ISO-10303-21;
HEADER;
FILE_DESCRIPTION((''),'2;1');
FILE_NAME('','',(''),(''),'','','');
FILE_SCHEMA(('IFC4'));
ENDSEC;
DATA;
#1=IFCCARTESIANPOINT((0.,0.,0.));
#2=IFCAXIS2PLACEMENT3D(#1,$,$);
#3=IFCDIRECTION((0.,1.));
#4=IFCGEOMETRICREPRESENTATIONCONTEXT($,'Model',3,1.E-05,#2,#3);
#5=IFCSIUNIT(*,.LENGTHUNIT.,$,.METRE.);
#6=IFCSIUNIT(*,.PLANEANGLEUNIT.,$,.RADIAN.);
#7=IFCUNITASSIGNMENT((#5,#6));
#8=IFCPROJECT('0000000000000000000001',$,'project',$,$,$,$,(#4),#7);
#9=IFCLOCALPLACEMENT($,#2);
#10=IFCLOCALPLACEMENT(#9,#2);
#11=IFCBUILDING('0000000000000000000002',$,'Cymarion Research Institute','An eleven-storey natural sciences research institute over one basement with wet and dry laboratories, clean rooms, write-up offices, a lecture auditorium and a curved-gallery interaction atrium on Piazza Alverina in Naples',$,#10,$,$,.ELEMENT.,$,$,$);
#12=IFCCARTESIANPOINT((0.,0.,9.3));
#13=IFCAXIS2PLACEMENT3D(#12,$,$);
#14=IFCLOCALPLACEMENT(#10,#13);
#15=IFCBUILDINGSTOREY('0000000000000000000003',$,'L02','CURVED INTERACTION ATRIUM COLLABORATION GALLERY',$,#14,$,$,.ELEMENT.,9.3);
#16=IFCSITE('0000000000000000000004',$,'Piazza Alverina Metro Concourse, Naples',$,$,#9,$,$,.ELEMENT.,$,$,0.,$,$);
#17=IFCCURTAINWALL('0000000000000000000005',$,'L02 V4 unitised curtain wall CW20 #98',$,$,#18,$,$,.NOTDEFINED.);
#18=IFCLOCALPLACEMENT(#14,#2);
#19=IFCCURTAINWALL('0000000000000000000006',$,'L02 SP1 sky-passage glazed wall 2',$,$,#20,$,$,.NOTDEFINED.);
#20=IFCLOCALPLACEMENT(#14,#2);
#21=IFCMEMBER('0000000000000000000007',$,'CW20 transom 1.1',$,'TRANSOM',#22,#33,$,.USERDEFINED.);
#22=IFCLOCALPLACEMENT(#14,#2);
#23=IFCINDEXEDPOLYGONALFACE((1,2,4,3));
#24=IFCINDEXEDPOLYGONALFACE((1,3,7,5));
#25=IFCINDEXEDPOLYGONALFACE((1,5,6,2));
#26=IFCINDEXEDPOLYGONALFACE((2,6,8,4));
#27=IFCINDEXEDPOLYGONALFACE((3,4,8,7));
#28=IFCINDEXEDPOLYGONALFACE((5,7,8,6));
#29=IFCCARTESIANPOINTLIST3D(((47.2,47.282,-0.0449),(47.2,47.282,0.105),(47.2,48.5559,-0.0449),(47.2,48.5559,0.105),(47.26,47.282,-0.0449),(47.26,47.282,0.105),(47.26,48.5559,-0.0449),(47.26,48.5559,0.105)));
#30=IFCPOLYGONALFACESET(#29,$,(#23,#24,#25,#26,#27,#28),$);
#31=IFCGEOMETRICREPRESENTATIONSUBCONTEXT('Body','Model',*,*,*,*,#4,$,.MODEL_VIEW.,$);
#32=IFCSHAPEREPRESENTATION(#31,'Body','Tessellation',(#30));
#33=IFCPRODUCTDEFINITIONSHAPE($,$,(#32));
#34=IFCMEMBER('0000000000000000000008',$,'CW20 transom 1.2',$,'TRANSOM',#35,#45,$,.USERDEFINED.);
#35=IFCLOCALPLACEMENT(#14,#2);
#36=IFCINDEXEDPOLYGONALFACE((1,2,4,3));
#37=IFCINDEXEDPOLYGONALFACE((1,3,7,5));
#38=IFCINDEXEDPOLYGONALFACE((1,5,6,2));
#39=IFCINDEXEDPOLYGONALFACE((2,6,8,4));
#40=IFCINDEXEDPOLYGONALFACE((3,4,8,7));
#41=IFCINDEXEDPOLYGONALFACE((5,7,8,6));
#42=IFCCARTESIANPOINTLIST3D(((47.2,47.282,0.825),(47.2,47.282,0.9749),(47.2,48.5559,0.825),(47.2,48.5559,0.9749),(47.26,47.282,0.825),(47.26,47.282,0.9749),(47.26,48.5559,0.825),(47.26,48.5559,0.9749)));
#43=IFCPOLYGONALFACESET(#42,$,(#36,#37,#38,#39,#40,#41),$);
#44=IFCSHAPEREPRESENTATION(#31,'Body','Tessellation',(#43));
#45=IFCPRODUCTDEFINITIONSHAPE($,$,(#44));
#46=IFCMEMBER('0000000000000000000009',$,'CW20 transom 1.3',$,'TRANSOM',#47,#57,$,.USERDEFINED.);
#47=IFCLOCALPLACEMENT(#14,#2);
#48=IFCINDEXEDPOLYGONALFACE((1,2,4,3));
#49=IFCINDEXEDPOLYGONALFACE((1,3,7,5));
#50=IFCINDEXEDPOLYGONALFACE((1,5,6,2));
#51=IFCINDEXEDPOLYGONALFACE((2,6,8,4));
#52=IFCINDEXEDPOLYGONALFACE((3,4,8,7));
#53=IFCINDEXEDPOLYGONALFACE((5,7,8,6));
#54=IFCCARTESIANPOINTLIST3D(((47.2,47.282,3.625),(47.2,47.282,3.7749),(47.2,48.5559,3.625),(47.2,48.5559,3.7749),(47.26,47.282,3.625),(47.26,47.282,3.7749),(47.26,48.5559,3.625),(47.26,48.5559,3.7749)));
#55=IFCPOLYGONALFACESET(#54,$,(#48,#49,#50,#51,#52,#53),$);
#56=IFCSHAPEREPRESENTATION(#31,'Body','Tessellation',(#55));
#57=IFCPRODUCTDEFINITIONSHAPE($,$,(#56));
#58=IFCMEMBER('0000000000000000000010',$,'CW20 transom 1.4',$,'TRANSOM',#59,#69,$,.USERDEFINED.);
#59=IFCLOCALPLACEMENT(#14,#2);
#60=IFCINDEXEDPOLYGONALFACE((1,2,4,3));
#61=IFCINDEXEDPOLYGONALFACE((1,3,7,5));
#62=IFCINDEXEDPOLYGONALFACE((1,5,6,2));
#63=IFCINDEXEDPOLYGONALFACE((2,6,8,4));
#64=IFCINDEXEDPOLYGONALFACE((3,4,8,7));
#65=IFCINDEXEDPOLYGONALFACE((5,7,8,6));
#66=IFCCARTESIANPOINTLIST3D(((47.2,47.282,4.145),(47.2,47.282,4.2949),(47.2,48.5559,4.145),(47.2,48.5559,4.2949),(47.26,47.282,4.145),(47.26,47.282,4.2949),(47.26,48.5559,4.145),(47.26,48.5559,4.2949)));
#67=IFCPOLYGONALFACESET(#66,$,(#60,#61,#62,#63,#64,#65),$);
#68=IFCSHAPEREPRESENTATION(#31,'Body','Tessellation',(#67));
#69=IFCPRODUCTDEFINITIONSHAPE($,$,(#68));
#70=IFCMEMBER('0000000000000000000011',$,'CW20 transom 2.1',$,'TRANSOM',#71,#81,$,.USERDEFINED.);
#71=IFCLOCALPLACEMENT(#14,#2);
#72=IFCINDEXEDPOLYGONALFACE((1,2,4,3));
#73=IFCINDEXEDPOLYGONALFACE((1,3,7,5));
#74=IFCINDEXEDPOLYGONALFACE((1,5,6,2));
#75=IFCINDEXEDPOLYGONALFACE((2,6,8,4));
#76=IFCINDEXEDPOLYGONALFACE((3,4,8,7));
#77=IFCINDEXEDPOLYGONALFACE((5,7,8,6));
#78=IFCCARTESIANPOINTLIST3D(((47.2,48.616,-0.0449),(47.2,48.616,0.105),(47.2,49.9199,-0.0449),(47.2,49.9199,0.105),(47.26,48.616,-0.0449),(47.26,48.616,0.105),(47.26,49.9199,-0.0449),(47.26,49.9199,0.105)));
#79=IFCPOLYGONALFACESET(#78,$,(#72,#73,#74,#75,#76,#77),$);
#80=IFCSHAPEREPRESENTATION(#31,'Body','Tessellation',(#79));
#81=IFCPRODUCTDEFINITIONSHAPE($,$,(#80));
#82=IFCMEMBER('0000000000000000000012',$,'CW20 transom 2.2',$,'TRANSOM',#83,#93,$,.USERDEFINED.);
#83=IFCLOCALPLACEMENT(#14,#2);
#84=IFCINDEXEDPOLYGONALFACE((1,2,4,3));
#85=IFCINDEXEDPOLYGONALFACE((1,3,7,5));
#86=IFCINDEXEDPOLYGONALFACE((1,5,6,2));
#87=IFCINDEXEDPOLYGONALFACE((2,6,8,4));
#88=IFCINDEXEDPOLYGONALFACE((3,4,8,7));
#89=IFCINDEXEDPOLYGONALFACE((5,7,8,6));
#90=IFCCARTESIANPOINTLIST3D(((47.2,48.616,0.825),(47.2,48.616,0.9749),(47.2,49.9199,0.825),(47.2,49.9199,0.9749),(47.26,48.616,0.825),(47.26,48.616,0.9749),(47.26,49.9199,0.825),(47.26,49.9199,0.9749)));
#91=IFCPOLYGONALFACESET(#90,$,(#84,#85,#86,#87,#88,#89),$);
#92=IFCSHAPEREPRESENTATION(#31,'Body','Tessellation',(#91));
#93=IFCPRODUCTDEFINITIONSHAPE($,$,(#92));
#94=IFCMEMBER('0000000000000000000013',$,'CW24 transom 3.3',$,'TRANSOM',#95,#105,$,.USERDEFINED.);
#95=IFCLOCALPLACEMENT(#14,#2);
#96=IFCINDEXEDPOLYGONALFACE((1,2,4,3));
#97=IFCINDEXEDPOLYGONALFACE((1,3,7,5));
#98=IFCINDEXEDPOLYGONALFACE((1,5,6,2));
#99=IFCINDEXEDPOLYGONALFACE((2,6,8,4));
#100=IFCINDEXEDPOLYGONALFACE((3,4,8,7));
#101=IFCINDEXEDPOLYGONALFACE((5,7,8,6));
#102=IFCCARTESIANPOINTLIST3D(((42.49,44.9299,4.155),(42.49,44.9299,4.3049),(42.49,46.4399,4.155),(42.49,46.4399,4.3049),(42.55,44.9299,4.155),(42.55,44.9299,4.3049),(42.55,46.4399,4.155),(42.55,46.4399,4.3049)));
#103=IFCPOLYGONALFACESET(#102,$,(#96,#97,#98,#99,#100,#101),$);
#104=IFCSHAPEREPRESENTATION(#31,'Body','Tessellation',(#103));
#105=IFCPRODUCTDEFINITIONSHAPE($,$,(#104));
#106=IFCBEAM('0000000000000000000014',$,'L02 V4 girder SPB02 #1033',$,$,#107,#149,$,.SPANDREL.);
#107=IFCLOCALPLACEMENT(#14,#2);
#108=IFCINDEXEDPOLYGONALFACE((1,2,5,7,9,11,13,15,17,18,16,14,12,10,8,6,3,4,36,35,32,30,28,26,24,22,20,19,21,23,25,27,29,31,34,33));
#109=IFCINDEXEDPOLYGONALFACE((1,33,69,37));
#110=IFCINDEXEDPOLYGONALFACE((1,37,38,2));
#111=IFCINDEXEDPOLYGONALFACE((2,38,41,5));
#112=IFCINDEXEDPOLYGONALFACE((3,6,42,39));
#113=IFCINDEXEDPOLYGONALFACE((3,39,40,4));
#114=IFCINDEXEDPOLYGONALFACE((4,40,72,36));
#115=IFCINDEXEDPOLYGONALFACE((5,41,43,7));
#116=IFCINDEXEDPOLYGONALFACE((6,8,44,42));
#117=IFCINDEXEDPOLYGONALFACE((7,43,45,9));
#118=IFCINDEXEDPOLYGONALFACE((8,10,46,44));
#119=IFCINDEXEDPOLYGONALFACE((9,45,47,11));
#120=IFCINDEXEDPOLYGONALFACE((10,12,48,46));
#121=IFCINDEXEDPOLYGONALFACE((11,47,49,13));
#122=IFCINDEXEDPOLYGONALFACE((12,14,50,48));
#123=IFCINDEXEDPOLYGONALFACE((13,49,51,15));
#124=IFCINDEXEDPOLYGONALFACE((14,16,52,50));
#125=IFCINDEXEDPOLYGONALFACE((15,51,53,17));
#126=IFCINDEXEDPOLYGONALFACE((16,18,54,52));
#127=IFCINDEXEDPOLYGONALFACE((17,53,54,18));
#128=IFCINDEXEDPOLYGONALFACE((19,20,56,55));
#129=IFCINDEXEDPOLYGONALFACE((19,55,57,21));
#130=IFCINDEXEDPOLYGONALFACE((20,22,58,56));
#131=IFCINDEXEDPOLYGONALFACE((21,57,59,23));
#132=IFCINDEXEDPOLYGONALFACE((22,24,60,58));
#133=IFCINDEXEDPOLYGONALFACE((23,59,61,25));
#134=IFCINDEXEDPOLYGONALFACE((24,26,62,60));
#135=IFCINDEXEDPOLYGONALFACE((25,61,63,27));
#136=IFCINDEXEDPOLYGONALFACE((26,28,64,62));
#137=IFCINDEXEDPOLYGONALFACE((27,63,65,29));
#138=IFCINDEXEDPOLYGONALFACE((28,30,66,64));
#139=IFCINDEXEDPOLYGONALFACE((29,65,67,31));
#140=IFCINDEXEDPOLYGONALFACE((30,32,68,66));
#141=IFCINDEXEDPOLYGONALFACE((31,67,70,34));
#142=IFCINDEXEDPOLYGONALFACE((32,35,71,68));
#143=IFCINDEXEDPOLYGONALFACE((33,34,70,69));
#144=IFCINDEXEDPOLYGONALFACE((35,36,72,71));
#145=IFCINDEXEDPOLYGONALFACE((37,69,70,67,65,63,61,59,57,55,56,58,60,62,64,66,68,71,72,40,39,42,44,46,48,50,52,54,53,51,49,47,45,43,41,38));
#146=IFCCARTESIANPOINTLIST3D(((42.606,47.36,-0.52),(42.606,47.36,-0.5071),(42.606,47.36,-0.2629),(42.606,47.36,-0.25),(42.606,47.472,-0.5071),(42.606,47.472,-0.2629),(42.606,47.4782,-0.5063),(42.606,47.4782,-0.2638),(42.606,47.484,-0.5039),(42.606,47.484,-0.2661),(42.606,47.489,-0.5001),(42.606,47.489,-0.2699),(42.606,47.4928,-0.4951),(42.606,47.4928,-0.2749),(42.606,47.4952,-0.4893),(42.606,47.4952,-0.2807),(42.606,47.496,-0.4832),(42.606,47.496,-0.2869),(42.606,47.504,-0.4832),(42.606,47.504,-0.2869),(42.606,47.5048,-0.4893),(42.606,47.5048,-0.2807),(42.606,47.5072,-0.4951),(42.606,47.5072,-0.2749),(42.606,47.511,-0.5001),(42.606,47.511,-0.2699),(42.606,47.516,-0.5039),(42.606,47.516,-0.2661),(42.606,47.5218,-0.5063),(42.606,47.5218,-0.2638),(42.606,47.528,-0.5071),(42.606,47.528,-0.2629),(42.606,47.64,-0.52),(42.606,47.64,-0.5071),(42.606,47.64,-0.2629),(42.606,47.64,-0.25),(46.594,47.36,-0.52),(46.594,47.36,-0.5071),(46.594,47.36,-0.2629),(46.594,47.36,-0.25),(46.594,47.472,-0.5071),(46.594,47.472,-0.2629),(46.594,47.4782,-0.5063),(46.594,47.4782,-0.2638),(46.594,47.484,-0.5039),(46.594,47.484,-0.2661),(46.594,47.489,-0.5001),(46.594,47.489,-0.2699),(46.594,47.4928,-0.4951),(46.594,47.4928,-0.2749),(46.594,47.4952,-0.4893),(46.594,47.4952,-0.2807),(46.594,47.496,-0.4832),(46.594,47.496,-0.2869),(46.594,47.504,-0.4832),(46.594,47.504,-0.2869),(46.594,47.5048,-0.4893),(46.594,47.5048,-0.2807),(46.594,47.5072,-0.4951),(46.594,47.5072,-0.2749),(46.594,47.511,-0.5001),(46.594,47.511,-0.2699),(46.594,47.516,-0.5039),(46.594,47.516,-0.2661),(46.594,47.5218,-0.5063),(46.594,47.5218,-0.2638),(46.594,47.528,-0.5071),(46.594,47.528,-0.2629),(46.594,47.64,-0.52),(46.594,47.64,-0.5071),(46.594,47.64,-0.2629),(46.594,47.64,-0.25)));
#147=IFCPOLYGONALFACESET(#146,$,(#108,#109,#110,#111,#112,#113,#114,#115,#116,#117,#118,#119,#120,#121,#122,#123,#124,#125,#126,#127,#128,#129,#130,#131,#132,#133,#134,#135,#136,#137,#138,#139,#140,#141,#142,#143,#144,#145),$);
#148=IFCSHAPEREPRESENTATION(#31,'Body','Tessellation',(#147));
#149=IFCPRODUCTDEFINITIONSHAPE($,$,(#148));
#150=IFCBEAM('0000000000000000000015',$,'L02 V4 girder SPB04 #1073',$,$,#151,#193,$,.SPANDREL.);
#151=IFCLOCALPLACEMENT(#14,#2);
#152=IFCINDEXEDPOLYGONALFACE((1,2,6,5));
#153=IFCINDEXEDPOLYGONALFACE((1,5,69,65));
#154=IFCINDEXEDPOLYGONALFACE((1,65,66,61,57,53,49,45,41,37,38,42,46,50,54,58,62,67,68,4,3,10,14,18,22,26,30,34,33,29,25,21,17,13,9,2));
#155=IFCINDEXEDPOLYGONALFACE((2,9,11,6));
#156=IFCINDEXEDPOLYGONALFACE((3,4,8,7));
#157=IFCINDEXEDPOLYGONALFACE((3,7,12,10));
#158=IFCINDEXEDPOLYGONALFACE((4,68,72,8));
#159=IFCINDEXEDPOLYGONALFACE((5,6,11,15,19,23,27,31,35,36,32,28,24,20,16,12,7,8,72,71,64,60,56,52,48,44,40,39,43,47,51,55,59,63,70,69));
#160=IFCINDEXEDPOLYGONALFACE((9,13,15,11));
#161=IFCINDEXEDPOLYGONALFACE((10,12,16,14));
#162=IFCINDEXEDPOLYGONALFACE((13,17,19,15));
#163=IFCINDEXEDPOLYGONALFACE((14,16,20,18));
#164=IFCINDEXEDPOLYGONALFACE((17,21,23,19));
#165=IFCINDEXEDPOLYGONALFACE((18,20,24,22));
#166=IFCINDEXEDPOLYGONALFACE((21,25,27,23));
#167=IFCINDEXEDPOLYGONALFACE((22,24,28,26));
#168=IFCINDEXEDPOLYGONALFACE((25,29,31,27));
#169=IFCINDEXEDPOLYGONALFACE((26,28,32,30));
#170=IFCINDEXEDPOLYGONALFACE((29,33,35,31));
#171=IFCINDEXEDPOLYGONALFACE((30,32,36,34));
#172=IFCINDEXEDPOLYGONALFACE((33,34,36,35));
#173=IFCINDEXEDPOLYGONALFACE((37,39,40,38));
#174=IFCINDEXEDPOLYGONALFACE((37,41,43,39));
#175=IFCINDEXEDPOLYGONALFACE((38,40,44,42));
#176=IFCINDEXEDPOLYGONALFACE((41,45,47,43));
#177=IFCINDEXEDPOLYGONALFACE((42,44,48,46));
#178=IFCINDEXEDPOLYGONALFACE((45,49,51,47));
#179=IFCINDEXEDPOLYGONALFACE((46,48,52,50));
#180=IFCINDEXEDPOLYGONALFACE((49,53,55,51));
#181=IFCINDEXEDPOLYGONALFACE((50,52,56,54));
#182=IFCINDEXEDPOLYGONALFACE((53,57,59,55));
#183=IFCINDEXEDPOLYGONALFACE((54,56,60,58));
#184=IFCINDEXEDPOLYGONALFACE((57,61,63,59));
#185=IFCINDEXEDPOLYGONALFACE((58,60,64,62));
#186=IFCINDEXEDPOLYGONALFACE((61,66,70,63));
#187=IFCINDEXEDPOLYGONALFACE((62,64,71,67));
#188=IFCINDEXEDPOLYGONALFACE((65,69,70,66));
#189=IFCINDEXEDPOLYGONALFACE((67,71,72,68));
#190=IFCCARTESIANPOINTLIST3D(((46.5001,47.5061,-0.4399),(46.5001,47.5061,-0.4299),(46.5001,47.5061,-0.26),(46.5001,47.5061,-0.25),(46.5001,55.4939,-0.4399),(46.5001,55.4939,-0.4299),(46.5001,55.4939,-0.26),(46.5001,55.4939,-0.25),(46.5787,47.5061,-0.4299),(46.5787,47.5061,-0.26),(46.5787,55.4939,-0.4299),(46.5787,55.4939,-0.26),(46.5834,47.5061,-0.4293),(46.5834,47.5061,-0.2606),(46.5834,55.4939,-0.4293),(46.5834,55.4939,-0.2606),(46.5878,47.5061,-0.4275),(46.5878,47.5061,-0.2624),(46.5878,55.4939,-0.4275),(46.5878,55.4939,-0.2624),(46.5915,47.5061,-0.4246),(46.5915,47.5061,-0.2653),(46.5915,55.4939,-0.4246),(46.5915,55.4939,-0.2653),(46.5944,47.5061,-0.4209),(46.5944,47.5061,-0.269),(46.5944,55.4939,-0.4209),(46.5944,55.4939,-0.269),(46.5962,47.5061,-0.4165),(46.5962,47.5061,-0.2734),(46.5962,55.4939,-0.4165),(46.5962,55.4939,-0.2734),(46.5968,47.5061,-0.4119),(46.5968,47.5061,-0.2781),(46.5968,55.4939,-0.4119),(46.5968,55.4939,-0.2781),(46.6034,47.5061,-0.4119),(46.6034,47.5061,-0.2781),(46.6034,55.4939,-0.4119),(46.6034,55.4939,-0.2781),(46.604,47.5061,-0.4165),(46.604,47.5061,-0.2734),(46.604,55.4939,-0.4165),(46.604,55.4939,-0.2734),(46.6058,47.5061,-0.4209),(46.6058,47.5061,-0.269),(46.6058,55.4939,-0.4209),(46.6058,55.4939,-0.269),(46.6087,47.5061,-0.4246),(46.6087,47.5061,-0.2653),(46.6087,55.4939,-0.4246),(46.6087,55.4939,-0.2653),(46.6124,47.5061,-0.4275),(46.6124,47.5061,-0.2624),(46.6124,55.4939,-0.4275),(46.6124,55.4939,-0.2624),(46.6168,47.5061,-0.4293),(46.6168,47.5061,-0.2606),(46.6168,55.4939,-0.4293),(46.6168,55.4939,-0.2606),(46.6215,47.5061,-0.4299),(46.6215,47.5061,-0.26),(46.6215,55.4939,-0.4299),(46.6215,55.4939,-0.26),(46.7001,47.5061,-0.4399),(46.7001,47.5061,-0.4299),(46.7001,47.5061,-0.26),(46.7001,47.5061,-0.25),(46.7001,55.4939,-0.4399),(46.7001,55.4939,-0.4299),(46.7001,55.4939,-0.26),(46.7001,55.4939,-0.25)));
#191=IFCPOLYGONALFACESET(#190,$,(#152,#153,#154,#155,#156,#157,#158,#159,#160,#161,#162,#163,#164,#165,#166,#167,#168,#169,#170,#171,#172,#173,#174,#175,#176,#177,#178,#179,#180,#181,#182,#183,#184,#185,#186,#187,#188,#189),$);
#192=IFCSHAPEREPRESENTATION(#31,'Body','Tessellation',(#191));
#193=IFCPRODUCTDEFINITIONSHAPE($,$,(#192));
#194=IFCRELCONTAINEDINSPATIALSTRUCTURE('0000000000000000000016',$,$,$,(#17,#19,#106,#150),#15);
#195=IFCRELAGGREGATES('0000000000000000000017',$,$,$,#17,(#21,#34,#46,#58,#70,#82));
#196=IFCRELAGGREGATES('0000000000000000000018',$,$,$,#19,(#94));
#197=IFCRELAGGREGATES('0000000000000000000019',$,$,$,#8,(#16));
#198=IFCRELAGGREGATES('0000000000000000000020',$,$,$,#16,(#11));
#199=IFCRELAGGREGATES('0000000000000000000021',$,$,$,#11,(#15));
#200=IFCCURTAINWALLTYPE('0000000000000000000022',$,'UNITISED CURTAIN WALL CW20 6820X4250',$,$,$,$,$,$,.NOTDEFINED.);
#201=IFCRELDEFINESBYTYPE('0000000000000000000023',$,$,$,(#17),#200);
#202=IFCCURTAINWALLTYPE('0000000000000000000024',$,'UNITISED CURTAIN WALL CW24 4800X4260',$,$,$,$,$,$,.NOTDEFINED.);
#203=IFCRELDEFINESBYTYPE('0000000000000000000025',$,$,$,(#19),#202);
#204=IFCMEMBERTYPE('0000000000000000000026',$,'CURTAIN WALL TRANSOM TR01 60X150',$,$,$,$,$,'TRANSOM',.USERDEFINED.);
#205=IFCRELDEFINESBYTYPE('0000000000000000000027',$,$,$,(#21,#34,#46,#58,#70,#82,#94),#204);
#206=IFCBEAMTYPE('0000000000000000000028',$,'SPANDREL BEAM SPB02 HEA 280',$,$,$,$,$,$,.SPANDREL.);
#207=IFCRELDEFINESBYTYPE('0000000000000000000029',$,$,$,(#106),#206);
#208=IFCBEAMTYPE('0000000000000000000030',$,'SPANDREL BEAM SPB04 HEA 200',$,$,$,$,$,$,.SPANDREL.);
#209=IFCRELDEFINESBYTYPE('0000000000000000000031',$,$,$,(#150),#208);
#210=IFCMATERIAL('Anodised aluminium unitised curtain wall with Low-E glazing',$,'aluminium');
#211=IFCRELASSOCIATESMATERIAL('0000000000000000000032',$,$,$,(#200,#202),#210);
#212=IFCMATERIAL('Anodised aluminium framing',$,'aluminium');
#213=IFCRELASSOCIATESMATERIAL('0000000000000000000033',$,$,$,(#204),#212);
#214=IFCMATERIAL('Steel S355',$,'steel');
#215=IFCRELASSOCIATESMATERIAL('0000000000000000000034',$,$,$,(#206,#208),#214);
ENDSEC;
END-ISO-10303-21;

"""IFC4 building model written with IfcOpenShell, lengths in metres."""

from ifc_helpers import new_model, si_unit, direction, frame, origin, origin_2d, place, context, subcontext, project, spatial, rectangle, i_section, extrude, material, material_profile, profile_set, type_object, element, aggregate, save


model = new_model("IFC4")

# Units and contexts
model_context = context("Model", 3, precision=1e-05, world=origin(), true_north=direction((0.0, 1.0)))
body_context = subcontext(model_context, "Body", "Model", "MODEL_VIEW")
ifc_project = project(units=[si_unit("LENGTHUNIT", "METRE"), si_unit("PLANEANGLEUNIT", "RADIAN")], contexts=[model_context])

# Site, building, storey
site_placement = place(None, origin())
site = spatial("IfcSite", under=ifc_project, at=site_placement, Name="Piazza Alverina Metro Concourse, Naples", CompositionType="ELEMENT", RefElevation=0.0)
building_placement = place(site_placement, origin())
building = spatial("IfcBuilding", under=site, at=building_placement, Name="Cymarion Research Institute", Description="An eleven-storey natural sciences research institute over one basement with wet and dry laboratories, clean rooms, write-up offices, a lecture auditorium and a curved-gallery interaction atrium on Piazza Alverina in Naples", CompositionType="ELEMENT")
storey_placement = place(building_placement, frame((0.0, 0.0, 9.3)))
storey = spatial("IfcBuildingStorey", under=building, at=storey_placement, Name="L02", Description="CURVED INTERACTION ATRIUM COLLABORATION GALLERY", CompositionType="ELEMENT", Elevation=9.3)

# Shared definitions
ifc_material_1 = material(Name="Steel S355", Category="steel")

# Curtain wall
ifc_material_2 = material(Name="Anodised aluminium unitised curtain wall with Low-E glazing", Category="aluminium")
curtain_wall_type_1 = type_object("IfcCurtainWallType", Name="UNITISED CURTAIN WALL CW20 6820X4250", PredefinedType="NOTDEFINED", material=ifc_material_2)
curtain_wall_1_placement = place(storey_placement, origin())
curtain_wall_1 = element("IfcCurtainWall", 1, at=curtain_wall_1_placement, inside=storey, type_object=curtain_wall_type_1, Name="L02 V4 unitised curtain wall CW20 #98", PredefinedType="NOTDEFINED")
ifc_material_3 = material(Name="Anodised aluminium framing", Category="aluminium")

# Curtain wall
curtain_wall_type_2 = type_object("IfcCurtainWallType", Name="UNITISED CURTAIN WALL CW24 4800X4260", PredefinedType="NOTDEFINED", material=ifc_material_2)
curtain_wall_2_placement = place(storey_placement, origin())
curtain_wall_2 = element("IfcCurtainWall", 2, at=curtain_wall_2_placement, inside=storey, type_object=curtain_wall_type_2, Name="L02 SP1 sky-passage glazed wall 2", PredefinedType="NOTDEFINED")

# Members
ifc_material_profile_1 = material_profile(ifc_material_3, rectangle(XDim=0.0601, YDim=0.1499, at=origin_2d()), Name="ALU TRANSOM 60x150")
ifc_profile_set_1 = profile_set([ifc_material_profile_1], Name="Anodised aluminium framing")
member_type_1 = type_object("IfcMemberType", Name="CURTAIN WALL TRANSOM TR01 60X150", ElementType="TRANSOM", PredefinedType="USERDEFINED", material=ifc_profile_set_1)
member_1_placement = place(storey_placement, frame((47.23, 47.282, 0.03), z_axis=(0.0, 1.0, 0.0), x_axis=(-1.0, 0.0, 0.0)))
member_1 = element("IfcMember", 3, at=member_1_placement, type_object=member_type_1, Name="CW20 transom 1.1", ObjectType="TRANSOM", PredefinedType="USERDEFINED", context=body_context, shape_type="SweptSolid", body=[
    extrude(rectangle(XDim=0.0601, YDim=0.1499, at=origin_2d()), origin(), (0.0, 0.0, 1.0), 1.2739),
])
member_2_placement = place(storey_placement, frame((47.23, 47.282, 0.8999), z_axis=(0.0, 1.0, 0.0), x_axis=(-1.0, 0.0, 0.0)))
member_2 = element("IfcMember", 4, at=member_2_placement, type_object=member_type_1, Name="CW20 transom 1.2", ObjectType="TRANSOM", PredefinedType="USERDEFINED", context=body_context, shape_type="SweptSolid", body=[
    extrude(rectangle(XDim=0.0601, YDim=0.1499, at=origin_2d()), origin(), (0.0, 0.0, 1.0), 1.2739),
])
member_3_placement = place(storey_placement, frame((47.23, 47.282, 3.7), z_axis=(0.0, 1.0, 0.0), x_axis=(-1.0, 0.0, 0.0)))
member_3 = element("IfcMember", 5, at=member_3_placement, type_object=member_type_1, Name="CW20 transom 1.3", ObjectType="TRANSOM", PredefinedType="USERDEFINED", context=body_context, shape_type="SweptSolid", body=[
    extrude(rectangle(XDim=0.0601, YDim=0.1499, at=origin_2d()), origin(), (0.0, 0.0, 1.0), 1.2739),
])
member_4_placement = place(storey_placement, frame((47.23, 47.282, 4.22), z_axis=(0.0, 1.0, 0.0), x_axis=(-1.0, 0.0, 0.0)))
member_4 = element("IfcMember", 6, at=member_4_placement, type_object=member_type_1, Name="CW20 transom 1.4", ObjectType="TRANSOM", PredefinedType="USERDEFINED", context=body_context, shape_type="SweptSolid", body=[
    extrude(rectangle(XDim=0.0601, YDim=0.1499, at=origin_2d()), origin(), (0.0, 0.0, 1.0), 1.2739),
])
member_5_placement = place(storey_placement, frame((47.23, 48.616, 0.03), z_axis=(0.0, 1.0, 0.0), x_axis=(-1.0, 0.0, 0.0)))
member_5 = element("IfcMember", 7, at=member_5_placement, type_object=member_type_1, Name="CW20 transom 2.1", ObjectType="TRANSOM", PredefinedType="USERDEFINED", context=body_context, shape_type="SweptSolid", body=[
    extrude(rectangle(XDim=0.0601, YDim=0.1499, at=origin_2d()), origin(), (0.0, 0.0, 1.0), 1.304),
])
member_6_placement = place(storey_placement, frame((47.23, 48.616, 0.8999), z_axis=(0.0, 1.0, 0.0), x_axis=(-1.0, 0.0, 0.0)))
member_6 = element("IfcMember", 8, at=member_6_placement, type_object=member_type_1, Name="CW20 transom 2.2", ObjectType="TRANSOM", PredefinedType="USERDEFINED", context=body_context, shape_type="SweptSolid", body=[
    extrude(rectangle(XDim=0.0601, YDim=0.1499, at=origin_2d()), origin(), (0.0, 0.0, 1.0), 1.304),
])
member_7_placement = place(storey_placement, frame((42.52, 44.9299, 4.23), z_axis=(0.0, 1.0, 0.0), x_axis=(-1.0, 0.0, 0.0)))
member_7 = element("IfcMember", 9, at=member_7_placement, type_object=member_type_1, Name="CW24 transom 3.3", ObjectType="TRANSOM", PredefinedType="USERDEFINED", context=body_context, shape_type="SweptSolid", body=[
    extrude(rectangle(XDim=0.0601, YDim=0.1499, at=origin_2d()), origin(), (0.0, 0.0, 1.0), 1.51),
])

# Beams
ifc_material_profile_2 = material_profile(ifc_material_1, i_section(OverallWidth=0.28, OverallDepth=0.27, WebThickness=0.0081, FlangeThickness=0.0129, FilletRadius=0.0239, at=origin_2d()), Name="HEA 280")
ifc_profile_set_2 = profile_set([ifc_material_profile_2], Name="Steel S355")
beam_type_1 = type_object("IfcBeamType", Name="SPANDREL BEAM SPB02 HEA 280", PredefinedType="SPANDREL", material=ifc_profile_set_2)
beam_1_placement = place(storey_placement, frame((42.606, 47.5, -0.385), z_axis=(1.0, 0.0, 0.0), x_axis=(0.0, 1.0, 0.0)))
element("IfcBeam", 10, at=beam_1_placement, inside=storey, type_object=beam_type_1, Name="L02 V4 girder SPB02 #1033", PredefinedType="SPANDREL", context=body_context, shape_type="SweptSolid", body=[
    extrude(i_section(OverallWidth=0.28, OverallDepth=0.27, WebThickness=0.0081, FlangeThickness=0.0129, FilletRadius=0.0239, at=origin_2d()), origin(), (0.0, 0.0, 1.0), 3.988),
])
ifc_material_profile_3 = material_profile(ifc_material_1, i_section(OverallWidth=0.2, OverallDepth=0.1899, WebThickness=0.0066, FlangeThickness=0.01, FilletRadius=0.0181, at=origin_2d()), Name="HEA 200")
ifc_profile_set_3 = profile_set([ifc_material_profile_3], Name="Steel S355")
beam_type_2 = type_object("IfcBeamType", Name="SPANDREL BEAM SPB04 HEA 200", PredefinedType="SPANDREL", material=ifc_profile_set_3)
beam_2_placement = place(storey_placement, frame((46.6001, 47.5061, -0.345), z_axis=(0.0, 1.0, 0.0), x_axis=(-1.0, 0.0, 0.0)))
element("IfcBeam", 11, at=beam_2_placement, inside=storey, type_object=beam_type_2, Name="L02 V4 girder SPB04 #1073", PredefinedType="SPANDREL", context=body_context, shape_type="SweptSolid", body=[
    extrude(i_section(OverallWidth=0.2, OverallDepth=0.1899, WebThickness=0.0066, FlangeThickness=0.01, FilletRadius=0.0181, at=origin_2d()), origin(), (0.0, 0.0, 1.0), 7.9878),
])

aggregate(curtain_wall_1, [member_1, member_2, member_3, member_4, member_5, member_6])
aggregate(curtain_wall_2, [member_7])

save(model, "model.ifc")
